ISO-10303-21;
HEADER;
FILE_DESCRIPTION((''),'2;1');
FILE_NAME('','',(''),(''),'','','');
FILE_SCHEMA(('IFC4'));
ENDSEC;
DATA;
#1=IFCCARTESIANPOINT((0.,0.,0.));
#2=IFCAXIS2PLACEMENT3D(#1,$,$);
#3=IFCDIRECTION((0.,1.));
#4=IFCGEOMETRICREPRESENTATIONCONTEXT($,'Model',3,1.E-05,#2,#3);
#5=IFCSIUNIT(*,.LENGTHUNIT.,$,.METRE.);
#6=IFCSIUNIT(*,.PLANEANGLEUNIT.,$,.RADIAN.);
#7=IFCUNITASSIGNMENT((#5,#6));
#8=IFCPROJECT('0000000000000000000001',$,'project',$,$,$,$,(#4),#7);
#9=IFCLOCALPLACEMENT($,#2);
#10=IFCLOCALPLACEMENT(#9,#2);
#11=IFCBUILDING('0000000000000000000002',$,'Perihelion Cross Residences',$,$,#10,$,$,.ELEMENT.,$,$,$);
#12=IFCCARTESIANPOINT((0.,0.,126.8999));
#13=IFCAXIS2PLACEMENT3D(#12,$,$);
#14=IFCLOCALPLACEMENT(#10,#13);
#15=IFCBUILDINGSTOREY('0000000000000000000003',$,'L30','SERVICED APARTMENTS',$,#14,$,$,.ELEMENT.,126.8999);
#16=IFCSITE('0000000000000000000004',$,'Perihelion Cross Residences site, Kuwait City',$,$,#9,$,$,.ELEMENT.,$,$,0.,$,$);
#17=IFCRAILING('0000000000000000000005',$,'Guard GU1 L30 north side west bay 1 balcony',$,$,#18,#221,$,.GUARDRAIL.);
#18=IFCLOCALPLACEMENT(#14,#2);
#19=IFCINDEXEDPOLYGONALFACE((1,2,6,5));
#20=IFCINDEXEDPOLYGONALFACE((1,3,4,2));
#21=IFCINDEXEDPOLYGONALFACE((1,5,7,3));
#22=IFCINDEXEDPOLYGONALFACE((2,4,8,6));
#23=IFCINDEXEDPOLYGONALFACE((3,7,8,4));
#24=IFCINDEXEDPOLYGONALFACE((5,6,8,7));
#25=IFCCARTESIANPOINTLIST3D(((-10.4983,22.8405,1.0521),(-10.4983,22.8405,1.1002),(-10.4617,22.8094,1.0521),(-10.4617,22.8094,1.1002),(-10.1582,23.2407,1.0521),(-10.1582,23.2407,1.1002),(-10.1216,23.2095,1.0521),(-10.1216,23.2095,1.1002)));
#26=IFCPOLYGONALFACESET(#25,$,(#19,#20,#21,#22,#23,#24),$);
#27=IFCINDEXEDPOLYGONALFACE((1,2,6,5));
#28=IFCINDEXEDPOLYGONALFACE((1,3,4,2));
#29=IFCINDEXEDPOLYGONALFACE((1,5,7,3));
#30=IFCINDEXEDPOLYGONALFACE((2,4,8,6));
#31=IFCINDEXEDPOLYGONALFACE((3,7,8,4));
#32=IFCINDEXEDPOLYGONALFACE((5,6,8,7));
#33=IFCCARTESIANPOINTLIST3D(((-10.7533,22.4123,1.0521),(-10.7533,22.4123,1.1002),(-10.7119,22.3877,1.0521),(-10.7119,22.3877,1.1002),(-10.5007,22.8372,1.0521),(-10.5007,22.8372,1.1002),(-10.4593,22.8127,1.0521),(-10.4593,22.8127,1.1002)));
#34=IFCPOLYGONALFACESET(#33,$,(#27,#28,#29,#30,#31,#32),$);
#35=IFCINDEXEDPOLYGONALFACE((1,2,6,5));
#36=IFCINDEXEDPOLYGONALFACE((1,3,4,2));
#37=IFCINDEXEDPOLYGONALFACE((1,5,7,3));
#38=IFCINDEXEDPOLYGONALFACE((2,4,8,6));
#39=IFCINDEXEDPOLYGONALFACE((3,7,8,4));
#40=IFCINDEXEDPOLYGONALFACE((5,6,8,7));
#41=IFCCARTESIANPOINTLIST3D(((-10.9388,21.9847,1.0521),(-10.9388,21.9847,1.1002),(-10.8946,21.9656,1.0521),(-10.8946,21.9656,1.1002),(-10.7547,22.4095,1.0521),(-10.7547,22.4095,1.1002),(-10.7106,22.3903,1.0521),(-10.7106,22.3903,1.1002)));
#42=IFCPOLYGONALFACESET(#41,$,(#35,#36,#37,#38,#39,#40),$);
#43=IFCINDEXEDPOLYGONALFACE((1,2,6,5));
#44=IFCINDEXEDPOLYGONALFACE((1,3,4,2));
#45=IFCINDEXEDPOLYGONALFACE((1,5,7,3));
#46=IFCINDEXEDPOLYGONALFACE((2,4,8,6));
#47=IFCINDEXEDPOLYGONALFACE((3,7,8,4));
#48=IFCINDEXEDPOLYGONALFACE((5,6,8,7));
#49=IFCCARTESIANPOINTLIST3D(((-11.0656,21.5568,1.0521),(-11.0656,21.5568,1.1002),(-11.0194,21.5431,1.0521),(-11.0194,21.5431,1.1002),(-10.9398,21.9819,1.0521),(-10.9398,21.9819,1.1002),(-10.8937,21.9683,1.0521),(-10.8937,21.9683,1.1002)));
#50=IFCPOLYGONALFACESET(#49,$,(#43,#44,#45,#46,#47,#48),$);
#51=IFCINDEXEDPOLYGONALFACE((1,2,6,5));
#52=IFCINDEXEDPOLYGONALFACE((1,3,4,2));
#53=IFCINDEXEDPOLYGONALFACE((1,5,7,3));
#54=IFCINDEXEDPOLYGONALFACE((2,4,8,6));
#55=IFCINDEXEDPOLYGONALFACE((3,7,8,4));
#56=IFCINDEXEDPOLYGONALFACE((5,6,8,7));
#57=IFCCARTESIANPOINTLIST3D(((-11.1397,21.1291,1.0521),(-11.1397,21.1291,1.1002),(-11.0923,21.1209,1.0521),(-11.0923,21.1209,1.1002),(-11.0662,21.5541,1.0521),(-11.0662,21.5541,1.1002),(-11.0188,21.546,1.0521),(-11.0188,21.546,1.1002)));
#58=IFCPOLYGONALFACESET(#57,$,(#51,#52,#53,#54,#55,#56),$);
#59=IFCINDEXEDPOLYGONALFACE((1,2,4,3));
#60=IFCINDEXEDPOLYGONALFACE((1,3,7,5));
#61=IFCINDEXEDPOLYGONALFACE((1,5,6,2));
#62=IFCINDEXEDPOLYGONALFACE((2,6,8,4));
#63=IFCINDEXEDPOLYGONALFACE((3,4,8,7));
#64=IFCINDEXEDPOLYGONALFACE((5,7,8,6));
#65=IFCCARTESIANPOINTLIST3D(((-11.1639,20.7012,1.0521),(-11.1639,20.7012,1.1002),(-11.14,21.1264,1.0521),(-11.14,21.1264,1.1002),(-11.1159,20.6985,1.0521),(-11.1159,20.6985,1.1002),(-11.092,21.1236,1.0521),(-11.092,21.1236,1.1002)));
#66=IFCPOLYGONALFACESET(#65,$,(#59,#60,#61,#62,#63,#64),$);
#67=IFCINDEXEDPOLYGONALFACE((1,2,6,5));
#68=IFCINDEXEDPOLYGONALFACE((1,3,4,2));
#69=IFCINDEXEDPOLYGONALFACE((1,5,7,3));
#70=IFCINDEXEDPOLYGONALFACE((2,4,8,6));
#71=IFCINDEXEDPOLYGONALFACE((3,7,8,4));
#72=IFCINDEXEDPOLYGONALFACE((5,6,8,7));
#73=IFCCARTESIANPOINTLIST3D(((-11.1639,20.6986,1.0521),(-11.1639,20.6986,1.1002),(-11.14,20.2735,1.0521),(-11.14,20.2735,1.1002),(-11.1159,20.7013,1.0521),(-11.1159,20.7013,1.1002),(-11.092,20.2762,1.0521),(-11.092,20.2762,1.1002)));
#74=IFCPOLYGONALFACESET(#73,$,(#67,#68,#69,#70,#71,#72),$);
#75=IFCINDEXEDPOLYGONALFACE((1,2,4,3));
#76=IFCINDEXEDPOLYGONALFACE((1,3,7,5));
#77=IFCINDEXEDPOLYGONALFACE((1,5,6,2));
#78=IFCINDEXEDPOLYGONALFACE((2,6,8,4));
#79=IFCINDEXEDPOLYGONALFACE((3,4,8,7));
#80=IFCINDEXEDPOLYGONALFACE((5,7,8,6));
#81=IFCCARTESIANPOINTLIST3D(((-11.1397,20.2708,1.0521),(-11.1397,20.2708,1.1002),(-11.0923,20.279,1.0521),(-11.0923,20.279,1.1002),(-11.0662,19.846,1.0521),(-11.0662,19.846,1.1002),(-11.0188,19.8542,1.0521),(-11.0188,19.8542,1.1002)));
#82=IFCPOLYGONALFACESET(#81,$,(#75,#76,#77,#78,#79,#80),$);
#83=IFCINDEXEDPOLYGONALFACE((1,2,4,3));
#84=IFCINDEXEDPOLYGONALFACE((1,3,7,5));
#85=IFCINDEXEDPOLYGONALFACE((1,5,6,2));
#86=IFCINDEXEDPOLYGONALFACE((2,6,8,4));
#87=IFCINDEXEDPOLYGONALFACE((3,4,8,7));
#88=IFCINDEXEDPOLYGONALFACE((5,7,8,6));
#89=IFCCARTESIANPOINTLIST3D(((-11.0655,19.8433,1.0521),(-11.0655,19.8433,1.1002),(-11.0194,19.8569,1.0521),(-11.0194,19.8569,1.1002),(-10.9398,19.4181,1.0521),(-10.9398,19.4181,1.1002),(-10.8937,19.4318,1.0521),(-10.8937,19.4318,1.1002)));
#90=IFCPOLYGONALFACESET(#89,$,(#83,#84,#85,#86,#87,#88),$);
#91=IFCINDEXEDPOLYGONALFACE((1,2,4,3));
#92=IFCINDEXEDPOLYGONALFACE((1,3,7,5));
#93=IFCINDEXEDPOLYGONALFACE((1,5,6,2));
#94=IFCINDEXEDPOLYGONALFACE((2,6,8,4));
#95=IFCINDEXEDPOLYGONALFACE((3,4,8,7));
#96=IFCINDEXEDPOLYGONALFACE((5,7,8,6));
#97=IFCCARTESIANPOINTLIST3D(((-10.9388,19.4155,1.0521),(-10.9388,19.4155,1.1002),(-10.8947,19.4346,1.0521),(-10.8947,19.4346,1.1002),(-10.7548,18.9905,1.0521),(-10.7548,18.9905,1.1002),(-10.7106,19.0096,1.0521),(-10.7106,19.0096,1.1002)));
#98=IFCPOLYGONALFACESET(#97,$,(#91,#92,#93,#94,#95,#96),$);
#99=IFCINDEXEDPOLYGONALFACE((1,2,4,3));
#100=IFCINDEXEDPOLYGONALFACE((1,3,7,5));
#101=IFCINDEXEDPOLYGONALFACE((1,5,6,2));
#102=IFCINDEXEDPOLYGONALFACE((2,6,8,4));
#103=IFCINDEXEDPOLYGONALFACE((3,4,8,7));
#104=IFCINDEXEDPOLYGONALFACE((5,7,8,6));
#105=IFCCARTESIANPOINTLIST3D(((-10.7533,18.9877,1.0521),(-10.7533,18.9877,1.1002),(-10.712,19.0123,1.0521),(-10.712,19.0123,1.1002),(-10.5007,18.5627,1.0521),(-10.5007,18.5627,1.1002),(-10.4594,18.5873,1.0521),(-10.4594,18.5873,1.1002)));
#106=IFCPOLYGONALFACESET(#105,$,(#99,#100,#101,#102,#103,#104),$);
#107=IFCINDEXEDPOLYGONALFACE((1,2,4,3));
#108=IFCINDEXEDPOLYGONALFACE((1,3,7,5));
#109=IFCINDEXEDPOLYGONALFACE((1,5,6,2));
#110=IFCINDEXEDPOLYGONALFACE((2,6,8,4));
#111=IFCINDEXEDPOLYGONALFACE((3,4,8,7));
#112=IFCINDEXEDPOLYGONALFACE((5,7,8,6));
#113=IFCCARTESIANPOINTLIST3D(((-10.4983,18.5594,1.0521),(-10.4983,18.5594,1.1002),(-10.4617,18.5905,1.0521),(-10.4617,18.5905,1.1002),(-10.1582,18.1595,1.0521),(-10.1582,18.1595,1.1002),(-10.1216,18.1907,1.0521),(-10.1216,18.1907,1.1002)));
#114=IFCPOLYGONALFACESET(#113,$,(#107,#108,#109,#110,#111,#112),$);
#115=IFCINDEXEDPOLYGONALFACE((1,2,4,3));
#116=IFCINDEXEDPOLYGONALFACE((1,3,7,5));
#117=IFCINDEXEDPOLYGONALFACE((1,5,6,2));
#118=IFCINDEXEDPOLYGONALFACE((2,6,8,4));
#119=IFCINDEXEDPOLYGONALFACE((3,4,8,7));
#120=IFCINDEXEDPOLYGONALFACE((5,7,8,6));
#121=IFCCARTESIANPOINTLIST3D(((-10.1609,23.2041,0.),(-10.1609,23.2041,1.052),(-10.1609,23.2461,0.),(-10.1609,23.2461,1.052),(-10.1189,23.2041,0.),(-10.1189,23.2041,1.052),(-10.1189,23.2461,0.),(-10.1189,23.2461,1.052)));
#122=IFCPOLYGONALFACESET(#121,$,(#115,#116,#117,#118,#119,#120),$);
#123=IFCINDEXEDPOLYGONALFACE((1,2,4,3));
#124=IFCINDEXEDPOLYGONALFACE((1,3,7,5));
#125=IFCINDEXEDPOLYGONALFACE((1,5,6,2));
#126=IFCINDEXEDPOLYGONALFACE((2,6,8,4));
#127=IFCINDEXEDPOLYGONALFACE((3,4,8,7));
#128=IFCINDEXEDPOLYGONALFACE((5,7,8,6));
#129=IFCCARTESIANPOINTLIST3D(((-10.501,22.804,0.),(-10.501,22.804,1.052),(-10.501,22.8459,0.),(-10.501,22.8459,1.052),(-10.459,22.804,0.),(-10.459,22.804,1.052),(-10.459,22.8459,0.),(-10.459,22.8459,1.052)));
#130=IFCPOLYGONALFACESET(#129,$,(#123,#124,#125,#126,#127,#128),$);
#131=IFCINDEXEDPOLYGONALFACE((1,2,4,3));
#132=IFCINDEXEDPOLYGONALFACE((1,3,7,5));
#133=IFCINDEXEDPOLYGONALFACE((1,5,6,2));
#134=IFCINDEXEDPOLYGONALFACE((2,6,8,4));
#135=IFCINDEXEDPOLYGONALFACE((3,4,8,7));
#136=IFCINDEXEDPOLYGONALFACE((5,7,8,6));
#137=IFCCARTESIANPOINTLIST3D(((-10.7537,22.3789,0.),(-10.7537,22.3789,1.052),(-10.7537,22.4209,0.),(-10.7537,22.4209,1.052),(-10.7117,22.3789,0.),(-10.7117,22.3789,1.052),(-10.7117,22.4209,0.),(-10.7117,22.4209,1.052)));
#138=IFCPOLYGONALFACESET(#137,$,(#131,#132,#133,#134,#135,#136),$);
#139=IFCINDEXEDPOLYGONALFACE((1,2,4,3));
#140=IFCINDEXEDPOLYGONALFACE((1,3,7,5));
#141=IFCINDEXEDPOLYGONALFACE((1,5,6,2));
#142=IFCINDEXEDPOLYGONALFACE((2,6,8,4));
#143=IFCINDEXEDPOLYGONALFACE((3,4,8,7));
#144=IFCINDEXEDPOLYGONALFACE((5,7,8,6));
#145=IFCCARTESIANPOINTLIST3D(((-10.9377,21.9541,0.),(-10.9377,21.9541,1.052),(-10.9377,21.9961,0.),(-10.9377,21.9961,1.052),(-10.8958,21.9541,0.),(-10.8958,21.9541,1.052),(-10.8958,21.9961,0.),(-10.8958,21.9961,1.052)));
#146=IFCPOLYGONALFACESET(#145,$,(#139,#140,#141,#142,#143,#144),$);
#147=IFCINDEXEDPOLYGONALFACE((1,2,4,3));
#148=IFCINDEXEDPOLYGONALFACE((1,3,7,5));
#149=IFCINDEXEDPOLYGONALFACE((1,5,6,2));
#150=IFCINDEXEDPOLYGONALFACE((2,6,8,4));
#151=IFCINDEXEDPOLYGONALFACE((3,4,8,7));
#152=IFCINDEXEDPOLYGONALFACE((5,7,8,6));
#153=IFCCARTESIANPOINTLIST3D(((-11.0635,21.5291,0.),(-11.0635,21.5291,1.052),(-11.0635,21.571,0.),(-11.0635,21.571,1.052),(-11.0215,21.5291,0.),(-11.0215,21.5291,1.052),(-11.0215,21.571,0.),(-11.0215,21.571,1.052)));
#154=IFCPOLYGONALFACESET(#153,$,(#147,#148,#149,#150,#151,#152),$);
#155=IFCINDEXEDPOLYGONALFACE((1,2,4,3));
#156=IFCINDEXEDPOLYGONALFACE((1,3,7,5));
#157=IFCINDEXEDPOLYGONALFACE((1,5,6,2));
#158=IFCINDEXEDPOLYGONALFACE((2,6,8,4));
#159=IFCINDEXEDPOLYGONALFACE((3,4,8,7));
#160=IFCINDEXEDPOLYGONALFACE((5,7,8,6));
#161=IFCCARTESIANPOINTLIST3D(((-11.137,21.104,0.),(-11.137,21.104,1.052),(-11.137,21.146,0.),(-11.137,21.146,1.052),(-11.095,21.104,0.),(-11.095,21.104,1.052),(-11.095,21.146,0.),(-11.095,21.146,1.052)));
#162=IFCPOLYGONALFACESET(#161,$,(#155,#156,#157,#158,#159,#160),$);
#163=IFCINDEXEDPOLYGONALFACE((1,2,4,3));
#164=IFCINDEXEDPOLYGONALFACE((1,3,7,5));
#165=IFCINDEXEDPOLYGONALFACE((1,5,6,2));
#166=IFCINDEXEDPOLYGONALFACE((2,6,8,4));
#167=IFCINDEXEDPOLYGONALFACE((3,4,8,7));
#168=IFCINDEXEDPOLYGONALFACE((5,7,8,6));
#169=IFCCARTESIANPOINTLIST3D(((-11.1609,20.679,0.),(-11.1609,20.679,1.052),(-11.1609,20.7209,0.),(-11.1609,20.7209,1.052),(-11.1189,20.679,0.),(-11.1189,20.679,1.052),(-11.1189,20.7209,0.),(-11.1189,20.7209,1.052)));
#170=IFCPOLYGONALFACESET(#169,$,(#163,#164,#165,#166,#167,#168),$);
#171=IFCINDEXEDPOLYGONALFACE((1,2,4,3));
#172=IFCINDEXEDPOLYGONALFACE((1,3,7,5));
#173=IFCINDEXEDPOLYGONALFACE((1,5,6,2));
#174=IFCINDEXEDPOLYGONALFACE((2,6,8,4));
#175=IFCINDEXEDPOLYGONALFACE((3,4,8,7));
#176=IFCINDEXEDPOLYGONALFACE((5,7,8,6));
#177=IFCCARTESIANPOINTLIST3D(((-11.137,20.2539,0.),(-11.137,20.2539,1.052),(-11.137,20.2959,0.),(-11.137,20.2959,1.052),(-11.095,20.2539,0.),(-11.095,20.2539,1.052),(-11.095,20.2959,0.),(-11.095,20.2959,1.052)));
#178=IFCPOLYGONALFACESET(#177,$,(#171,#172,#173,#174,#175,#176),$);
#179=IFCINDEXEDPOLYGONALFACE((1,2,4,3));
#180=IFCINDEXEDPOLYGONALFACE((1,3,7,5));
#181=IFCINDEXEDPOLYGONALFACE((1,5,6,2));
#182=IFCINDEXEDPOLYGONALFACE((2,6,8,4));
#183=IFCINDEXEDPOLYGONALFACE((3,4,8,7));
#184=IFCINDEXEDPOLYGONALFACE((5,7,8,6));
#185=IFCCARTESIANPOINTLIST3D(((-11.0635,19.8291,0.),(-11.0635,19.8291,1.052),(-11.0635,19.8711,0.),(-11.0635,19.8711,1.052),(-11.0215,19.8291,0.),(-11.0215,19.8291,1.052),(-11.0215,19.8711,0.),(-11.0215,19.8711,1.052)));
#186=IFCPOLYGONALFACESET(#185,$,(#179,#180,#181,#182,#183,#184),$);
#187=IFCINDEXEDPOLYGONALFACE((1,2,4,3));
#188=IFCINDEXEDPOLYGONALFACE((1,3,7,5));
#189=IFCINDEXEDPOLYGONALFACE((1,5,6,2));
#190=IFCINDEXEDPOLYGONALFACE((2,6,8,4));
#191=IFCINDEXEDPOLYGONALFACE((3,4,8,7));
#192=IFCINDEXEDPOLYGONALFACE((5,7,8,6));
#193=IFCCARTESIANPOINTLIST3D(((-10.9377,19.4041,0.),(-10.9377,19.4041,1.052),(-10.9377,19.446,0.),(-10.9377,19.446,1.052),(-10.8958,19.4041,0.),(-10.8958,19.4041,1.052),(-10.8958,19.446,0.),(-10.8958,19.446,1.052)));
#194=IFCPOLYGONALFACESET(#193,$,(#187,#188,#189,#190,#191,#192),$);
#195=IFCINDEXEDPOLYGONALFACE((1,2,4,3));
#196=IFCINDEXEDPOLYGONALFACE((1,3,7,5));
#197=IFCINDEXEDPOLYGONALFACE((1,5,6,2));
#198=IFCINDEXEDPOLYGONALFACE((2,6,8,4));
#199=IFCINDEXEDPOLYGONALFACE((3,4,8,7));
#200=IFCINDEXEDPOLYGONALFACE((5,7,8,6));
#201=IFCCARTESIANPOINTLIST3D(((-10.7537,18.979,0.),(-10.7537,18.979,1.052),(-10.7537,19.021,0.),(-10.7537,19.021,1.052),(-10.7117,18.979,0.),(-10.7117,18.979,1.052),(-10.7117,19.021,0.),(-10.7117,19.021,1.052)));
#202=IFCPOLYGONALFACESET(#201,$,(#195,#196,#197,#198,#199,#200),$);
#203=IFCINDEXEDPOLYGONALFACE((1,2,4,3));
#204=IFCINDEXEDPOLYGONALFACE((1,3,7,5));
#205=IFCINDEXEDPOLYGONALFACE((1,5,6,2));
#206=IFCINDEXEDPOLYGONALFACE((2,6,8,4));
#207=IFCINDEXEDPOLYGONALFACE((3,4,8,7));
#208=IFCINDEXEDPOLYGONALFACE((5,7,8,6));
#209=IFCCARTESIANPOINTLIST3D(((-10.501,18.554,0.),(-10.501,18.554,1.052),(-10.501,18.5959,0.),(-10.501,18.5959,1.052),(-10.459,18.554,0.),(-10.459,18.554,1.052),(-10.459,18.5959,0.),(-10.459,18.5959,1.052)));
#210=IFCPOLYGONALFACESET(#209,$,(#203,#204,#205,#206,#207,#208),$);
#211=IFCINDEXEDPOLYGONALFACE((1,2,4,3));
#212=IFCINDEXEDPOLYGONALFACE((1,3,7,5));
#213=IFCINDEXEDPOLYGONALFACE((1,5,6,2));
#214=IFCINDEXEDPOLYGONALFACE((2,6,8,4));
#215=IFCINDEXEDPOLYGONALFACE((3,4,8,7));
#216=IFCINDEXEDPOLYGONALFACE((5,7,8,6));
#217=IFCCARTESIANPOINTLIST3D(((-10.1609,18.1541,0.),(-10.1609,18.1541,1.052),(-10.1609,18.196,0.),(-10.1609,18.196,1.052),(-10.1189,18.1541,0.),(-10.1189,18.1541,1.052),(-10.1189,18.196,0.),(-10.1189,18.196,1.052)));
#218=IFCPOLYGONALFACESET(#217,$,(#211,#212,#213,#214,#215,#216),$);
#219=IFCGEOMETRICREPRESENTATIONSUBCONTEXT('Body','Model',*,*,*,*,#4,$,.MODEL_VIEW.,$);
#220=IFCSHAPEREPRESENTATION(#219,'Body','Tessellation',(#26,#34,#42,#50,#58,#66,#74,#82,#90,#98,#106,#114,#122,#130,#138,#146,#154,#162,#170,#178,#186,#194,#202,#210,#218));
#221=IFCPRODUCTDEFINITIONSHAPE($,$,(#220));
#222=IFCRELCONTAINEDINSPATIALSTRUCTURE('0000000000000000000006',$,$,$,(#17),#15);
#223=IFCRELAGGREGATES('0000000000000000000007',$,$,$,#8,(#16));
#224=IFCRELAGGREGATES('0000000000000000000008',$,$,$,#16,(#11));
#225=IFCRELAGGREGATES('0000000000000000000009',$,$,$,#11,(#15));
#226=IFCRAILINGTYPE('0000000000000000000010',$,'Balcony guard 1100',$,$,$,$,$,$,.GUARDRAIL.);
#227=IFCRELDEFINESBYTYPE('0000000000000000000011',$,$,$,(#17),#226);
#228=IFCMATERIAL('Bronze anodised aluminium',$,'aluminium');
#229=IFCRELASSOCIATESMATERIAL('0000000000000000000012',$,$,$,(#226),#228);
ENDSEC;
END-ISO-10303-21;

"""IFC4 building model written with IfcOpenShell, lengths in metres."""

from ifc_helpers import new_model, si_unit, direction, frame, origin, origin_2d, place, context, subcontext, project, spatial, rectangle, extrude, material, type_object, element, save


model = new_model("IFC4")

# Units and contexts
model_context = context("Model", 3, precision=1e-05, world=origin(), true_north=direction((0.0, 1.0)))
body_context = subcontext(model_context, "Body", "Model", "MODEL_VIEW")
ifc_project = project(units=[si_unit("LENGTHUNIT", "METRE"), si_unit("PLANEANGLEUNIT", "RADIAN")], contexts=[model_context])

# Site, building, storey
site_placement = place(None, origin())
site = spatial("IfcSite", under=ifc_project, at=site_placement, Name="Perihelion Cross Residences site, Kuwait City", CompositionType="ELEMENT", RefElevation=0.0)
building_placement = place(site_placement, origin())
building = spatial("IfcBuilding", under=site, at=building_placement, Name="Perihelion Cross Residences", CompositionType="ELEMENT")
storey_placement = place(building_placement, frame((0.0, 0.0, 126.8999)))
storey = spatial("IfcBuildingStorey", under=building, at=storey_placement, Name="L30", Description="SERVICED APARTMENTS", CompositionType="ELEMENT", Elevation=126.8999)

# Railing
ifc_material_1 = material(Name="Bronze anodised aluminium", Category="aluminium")
railing_type = type_object("IfcRailingType", Name="Balcony guard 1100", PredefinedType="GUARDRAIL", material=ifc_material_1)
railing_1_placement = place(storey_placement, frame((-10.1399, 23.2251, 0.0)))
element("IfcRailing", 1, at=railing_1_placement, inside=storey, type_object=railing_type, Name="Guard GU1 L30 north side west bay 1 balcony", PredefinedType="GUARDRAIL", context=body_context, shape_type="SweptSolid", body=[
    extrude(rectangle(XDim=0.0481, YDim=0.0481, at=origin_2d()), frame((0.0, 0.0, 1.0762), z_axis=(-0.647608, -0.761974, 0.0), x_axis=(0.761974, -0.647608, 0.0)), (0.0, 0.0, 1.0), 0.5251),
    extrude(rectangle(XDim=0.0481, YDim=0.0481, at=origin_2d()), frame((-0.3401, -0.4001, 1.0762), z_axis=(-0.511006, -0.859577, 0.0), x_axis=(0.859577, -0.511006, 0.0)), (0.0, 0.0, 1.0), 0.4944),
    extrude(rectangle(XDim=0.0481, YDim=0.0481, at=origin_2d()), frame((-0.5928, -0.8252, 1.0762), z_axis=(-0.397607, -0.917556, 0.0), x_axis=(0.917556, -0.397607, 0.0)), (0.0, 0.0, 1.0), 0.4629),
    extrude(rectangle(XDim=0.0481, YDim=0.0481, at=origin_2d()), frame((-0.7769, -1.25, 1.0762), z_axis=(-0.283657, -0.958926, 0.0), x_axis=(0.958926, -0.283657, 0.0)), (0.0, 0.0, 1.0), 0.4434),
    extrude(rectangle(XDim=0.0481, YDim=0.0481, at=origin_2d()), frame((-0.9026, -1.675, 1.0762), z_axis=(-0.170362, -0.985382, 0.0), x_axis=(0.985382, -0.170362, 0.0)), (0.0, 0.0, 1.0), 0.4314),
    extrude(rectangle(XDim=0.0481, YDim=0.0481, at=origin_2d()), frame((-0.9761, -2.1001, 1.0762), z_axis=(-0.056201, -0.99842, 0.0), x_axis=(0.99842, -0.056201, 0.0)), (0.0, 0.0, 1.0), 0.4258),
    extrude(rectangle(XDim=0.0481, YDim=0.0481, at=origin_2d()), frame((-1.0, -2.5251, 1.0762), z_axis=(0.056201, -0.99842, 0.0), x_axis=(0.99842, 0.056201, 0.0)), (0.0, 0.0, 1.0), 0.4258),
    extrude(rectangle(XDim=0.0481, YDim=0.0481, at=origin_2d()), frame((-0.9761, -2.9502, 1.0762), z_axis=(0.170457, -0.985365, 0.0), x_axis=(0.985365, 0.170457, 0.0)), (0.0, 0.0, 1.0), 0.4312),
    extrude(rectangle(XDim=0.0481, YDim=0.0481, at=origin_2d()), frame((-0.9026, -3.375, 1.0762), z_axis=(0.283657, -0.958926, 0.0), x_axis=(0.958926, 0.283657, 0.0)), (0.0, 0.0, 1.0), 0.4434),
    extrude(rectangle(XDim=0.0481, YDim=0.0481, at=origin_2d()), frame((-0.7769, -3.8, 1.0762), z_axis=(0.397415, -0.917639, 0.0), x_axis=(0.917639, 0.397415, 0.0)), (0.0, 0.0, 1.0), 0.4631),
    extrude(rectangle(XDim=0.0481, YDim=0.0481, at=origin_2d()), frame((-0.5928, -4.2251, 1.0762), z_axis=(0.511006, -0.859577, 0.0), x_axis=(0.859577, 0.511006, 0.0)), (0.0, 0.0, 1.0), 0.4944),
    extrude(rectangle(XDim=0.0481, YDim=0.0481, at=origin_2d()), frame((-0.3401, -4.6501, 1.0762), z_axis=(0.647837, -0.761779, 0.0), x_axis=(0.761779, 0.647837, 0.0)), (0.0, 0.0, 1.0), 0.5249),
    extrude(rectangle(XDim=0.042, YDim=0.042, at=origin_2d()), origin(), (0.0, 0.0, 1.0), 1.052),
    extrude(rectangle(XDim=0.042, YDim=0.042, at=origin_2d()), frame((-0.3401, -0.4001, 0.0)), (0.0, 0.0, 1.0), 1.052),
    extrude(rectangle(XDim=0.042, YDim=0.042, at=origin_2d()), frame((-0.5928, -0.8252, 0.0)), (0.0, 0.0, 1.0), 1.052),
    extrude(rectangle(XDim=0.042, YDim=0.042, at=origin_2d()), frame((-0.7769, -1.25, 0.0)), (0.0, 0.0, 1.0), 1.052),
    extrude(rectangle(XDim=0.042, YDim=0.042, at=origin_2d()), frame((-0.9026, -1.675, 0.0)), (0.0, 0.0, 1.0), 1.052),
    extrude(rectangle(XDim=0.042, YDim=0.042, at=origin_2d()), frame((-0.9761, -2.1001, 0.0)), (0.0, 0.0, 1.0), 1.052),
    extrude(rectangle(XDim=0.042, YDim=0.042, at=origin_2d()), frame((-1.0, -2.5251, 0.0)), (0.0, 0.0, 1.0), 1.052),
    extrude(rectangle(XDim=0.042, YDim=0.042, at=origin_2d()), frame((-0.9761, -2.9502, 0.0)), (0.0, 0.0, 1.0), 1.052),
    extrude(rectangle(XDim=0.042, YDim=0.042, at=origin_2d()), frame((-0.9026, -3.375, 0.0)), (0.0, 0.0, 1.0), 1.052),
    extrude(rectangle(XDim=0.042, YDim=0.042, at=origin_2d()), frame((-0.7769, -3.8, 0.0)), (0.0, 0.0, 1.0), 1.052),
    extrude(rectangle(XDim=0.042, YDim=0.042, at=origin_2d()), frame((-0.5928, -4.2251, 0.0)), (0.0, 0.0, 1.0), 1.052),
    extrude(rectangle(XDim=0.042, YDim=0.042, at=origin_2d()), frame((-0.3401, -4.6501, 0.0)), (0.0, 0.0, 1.0), 1.052),
    extrude(rectangle(XDim=0.042, YDim=0.042, at=origin_2d()), frame((0.0, -5.05, 0.0)), (0.0, 0.0, 1.0), 1.052),
])

save(model, "model.ifc")
